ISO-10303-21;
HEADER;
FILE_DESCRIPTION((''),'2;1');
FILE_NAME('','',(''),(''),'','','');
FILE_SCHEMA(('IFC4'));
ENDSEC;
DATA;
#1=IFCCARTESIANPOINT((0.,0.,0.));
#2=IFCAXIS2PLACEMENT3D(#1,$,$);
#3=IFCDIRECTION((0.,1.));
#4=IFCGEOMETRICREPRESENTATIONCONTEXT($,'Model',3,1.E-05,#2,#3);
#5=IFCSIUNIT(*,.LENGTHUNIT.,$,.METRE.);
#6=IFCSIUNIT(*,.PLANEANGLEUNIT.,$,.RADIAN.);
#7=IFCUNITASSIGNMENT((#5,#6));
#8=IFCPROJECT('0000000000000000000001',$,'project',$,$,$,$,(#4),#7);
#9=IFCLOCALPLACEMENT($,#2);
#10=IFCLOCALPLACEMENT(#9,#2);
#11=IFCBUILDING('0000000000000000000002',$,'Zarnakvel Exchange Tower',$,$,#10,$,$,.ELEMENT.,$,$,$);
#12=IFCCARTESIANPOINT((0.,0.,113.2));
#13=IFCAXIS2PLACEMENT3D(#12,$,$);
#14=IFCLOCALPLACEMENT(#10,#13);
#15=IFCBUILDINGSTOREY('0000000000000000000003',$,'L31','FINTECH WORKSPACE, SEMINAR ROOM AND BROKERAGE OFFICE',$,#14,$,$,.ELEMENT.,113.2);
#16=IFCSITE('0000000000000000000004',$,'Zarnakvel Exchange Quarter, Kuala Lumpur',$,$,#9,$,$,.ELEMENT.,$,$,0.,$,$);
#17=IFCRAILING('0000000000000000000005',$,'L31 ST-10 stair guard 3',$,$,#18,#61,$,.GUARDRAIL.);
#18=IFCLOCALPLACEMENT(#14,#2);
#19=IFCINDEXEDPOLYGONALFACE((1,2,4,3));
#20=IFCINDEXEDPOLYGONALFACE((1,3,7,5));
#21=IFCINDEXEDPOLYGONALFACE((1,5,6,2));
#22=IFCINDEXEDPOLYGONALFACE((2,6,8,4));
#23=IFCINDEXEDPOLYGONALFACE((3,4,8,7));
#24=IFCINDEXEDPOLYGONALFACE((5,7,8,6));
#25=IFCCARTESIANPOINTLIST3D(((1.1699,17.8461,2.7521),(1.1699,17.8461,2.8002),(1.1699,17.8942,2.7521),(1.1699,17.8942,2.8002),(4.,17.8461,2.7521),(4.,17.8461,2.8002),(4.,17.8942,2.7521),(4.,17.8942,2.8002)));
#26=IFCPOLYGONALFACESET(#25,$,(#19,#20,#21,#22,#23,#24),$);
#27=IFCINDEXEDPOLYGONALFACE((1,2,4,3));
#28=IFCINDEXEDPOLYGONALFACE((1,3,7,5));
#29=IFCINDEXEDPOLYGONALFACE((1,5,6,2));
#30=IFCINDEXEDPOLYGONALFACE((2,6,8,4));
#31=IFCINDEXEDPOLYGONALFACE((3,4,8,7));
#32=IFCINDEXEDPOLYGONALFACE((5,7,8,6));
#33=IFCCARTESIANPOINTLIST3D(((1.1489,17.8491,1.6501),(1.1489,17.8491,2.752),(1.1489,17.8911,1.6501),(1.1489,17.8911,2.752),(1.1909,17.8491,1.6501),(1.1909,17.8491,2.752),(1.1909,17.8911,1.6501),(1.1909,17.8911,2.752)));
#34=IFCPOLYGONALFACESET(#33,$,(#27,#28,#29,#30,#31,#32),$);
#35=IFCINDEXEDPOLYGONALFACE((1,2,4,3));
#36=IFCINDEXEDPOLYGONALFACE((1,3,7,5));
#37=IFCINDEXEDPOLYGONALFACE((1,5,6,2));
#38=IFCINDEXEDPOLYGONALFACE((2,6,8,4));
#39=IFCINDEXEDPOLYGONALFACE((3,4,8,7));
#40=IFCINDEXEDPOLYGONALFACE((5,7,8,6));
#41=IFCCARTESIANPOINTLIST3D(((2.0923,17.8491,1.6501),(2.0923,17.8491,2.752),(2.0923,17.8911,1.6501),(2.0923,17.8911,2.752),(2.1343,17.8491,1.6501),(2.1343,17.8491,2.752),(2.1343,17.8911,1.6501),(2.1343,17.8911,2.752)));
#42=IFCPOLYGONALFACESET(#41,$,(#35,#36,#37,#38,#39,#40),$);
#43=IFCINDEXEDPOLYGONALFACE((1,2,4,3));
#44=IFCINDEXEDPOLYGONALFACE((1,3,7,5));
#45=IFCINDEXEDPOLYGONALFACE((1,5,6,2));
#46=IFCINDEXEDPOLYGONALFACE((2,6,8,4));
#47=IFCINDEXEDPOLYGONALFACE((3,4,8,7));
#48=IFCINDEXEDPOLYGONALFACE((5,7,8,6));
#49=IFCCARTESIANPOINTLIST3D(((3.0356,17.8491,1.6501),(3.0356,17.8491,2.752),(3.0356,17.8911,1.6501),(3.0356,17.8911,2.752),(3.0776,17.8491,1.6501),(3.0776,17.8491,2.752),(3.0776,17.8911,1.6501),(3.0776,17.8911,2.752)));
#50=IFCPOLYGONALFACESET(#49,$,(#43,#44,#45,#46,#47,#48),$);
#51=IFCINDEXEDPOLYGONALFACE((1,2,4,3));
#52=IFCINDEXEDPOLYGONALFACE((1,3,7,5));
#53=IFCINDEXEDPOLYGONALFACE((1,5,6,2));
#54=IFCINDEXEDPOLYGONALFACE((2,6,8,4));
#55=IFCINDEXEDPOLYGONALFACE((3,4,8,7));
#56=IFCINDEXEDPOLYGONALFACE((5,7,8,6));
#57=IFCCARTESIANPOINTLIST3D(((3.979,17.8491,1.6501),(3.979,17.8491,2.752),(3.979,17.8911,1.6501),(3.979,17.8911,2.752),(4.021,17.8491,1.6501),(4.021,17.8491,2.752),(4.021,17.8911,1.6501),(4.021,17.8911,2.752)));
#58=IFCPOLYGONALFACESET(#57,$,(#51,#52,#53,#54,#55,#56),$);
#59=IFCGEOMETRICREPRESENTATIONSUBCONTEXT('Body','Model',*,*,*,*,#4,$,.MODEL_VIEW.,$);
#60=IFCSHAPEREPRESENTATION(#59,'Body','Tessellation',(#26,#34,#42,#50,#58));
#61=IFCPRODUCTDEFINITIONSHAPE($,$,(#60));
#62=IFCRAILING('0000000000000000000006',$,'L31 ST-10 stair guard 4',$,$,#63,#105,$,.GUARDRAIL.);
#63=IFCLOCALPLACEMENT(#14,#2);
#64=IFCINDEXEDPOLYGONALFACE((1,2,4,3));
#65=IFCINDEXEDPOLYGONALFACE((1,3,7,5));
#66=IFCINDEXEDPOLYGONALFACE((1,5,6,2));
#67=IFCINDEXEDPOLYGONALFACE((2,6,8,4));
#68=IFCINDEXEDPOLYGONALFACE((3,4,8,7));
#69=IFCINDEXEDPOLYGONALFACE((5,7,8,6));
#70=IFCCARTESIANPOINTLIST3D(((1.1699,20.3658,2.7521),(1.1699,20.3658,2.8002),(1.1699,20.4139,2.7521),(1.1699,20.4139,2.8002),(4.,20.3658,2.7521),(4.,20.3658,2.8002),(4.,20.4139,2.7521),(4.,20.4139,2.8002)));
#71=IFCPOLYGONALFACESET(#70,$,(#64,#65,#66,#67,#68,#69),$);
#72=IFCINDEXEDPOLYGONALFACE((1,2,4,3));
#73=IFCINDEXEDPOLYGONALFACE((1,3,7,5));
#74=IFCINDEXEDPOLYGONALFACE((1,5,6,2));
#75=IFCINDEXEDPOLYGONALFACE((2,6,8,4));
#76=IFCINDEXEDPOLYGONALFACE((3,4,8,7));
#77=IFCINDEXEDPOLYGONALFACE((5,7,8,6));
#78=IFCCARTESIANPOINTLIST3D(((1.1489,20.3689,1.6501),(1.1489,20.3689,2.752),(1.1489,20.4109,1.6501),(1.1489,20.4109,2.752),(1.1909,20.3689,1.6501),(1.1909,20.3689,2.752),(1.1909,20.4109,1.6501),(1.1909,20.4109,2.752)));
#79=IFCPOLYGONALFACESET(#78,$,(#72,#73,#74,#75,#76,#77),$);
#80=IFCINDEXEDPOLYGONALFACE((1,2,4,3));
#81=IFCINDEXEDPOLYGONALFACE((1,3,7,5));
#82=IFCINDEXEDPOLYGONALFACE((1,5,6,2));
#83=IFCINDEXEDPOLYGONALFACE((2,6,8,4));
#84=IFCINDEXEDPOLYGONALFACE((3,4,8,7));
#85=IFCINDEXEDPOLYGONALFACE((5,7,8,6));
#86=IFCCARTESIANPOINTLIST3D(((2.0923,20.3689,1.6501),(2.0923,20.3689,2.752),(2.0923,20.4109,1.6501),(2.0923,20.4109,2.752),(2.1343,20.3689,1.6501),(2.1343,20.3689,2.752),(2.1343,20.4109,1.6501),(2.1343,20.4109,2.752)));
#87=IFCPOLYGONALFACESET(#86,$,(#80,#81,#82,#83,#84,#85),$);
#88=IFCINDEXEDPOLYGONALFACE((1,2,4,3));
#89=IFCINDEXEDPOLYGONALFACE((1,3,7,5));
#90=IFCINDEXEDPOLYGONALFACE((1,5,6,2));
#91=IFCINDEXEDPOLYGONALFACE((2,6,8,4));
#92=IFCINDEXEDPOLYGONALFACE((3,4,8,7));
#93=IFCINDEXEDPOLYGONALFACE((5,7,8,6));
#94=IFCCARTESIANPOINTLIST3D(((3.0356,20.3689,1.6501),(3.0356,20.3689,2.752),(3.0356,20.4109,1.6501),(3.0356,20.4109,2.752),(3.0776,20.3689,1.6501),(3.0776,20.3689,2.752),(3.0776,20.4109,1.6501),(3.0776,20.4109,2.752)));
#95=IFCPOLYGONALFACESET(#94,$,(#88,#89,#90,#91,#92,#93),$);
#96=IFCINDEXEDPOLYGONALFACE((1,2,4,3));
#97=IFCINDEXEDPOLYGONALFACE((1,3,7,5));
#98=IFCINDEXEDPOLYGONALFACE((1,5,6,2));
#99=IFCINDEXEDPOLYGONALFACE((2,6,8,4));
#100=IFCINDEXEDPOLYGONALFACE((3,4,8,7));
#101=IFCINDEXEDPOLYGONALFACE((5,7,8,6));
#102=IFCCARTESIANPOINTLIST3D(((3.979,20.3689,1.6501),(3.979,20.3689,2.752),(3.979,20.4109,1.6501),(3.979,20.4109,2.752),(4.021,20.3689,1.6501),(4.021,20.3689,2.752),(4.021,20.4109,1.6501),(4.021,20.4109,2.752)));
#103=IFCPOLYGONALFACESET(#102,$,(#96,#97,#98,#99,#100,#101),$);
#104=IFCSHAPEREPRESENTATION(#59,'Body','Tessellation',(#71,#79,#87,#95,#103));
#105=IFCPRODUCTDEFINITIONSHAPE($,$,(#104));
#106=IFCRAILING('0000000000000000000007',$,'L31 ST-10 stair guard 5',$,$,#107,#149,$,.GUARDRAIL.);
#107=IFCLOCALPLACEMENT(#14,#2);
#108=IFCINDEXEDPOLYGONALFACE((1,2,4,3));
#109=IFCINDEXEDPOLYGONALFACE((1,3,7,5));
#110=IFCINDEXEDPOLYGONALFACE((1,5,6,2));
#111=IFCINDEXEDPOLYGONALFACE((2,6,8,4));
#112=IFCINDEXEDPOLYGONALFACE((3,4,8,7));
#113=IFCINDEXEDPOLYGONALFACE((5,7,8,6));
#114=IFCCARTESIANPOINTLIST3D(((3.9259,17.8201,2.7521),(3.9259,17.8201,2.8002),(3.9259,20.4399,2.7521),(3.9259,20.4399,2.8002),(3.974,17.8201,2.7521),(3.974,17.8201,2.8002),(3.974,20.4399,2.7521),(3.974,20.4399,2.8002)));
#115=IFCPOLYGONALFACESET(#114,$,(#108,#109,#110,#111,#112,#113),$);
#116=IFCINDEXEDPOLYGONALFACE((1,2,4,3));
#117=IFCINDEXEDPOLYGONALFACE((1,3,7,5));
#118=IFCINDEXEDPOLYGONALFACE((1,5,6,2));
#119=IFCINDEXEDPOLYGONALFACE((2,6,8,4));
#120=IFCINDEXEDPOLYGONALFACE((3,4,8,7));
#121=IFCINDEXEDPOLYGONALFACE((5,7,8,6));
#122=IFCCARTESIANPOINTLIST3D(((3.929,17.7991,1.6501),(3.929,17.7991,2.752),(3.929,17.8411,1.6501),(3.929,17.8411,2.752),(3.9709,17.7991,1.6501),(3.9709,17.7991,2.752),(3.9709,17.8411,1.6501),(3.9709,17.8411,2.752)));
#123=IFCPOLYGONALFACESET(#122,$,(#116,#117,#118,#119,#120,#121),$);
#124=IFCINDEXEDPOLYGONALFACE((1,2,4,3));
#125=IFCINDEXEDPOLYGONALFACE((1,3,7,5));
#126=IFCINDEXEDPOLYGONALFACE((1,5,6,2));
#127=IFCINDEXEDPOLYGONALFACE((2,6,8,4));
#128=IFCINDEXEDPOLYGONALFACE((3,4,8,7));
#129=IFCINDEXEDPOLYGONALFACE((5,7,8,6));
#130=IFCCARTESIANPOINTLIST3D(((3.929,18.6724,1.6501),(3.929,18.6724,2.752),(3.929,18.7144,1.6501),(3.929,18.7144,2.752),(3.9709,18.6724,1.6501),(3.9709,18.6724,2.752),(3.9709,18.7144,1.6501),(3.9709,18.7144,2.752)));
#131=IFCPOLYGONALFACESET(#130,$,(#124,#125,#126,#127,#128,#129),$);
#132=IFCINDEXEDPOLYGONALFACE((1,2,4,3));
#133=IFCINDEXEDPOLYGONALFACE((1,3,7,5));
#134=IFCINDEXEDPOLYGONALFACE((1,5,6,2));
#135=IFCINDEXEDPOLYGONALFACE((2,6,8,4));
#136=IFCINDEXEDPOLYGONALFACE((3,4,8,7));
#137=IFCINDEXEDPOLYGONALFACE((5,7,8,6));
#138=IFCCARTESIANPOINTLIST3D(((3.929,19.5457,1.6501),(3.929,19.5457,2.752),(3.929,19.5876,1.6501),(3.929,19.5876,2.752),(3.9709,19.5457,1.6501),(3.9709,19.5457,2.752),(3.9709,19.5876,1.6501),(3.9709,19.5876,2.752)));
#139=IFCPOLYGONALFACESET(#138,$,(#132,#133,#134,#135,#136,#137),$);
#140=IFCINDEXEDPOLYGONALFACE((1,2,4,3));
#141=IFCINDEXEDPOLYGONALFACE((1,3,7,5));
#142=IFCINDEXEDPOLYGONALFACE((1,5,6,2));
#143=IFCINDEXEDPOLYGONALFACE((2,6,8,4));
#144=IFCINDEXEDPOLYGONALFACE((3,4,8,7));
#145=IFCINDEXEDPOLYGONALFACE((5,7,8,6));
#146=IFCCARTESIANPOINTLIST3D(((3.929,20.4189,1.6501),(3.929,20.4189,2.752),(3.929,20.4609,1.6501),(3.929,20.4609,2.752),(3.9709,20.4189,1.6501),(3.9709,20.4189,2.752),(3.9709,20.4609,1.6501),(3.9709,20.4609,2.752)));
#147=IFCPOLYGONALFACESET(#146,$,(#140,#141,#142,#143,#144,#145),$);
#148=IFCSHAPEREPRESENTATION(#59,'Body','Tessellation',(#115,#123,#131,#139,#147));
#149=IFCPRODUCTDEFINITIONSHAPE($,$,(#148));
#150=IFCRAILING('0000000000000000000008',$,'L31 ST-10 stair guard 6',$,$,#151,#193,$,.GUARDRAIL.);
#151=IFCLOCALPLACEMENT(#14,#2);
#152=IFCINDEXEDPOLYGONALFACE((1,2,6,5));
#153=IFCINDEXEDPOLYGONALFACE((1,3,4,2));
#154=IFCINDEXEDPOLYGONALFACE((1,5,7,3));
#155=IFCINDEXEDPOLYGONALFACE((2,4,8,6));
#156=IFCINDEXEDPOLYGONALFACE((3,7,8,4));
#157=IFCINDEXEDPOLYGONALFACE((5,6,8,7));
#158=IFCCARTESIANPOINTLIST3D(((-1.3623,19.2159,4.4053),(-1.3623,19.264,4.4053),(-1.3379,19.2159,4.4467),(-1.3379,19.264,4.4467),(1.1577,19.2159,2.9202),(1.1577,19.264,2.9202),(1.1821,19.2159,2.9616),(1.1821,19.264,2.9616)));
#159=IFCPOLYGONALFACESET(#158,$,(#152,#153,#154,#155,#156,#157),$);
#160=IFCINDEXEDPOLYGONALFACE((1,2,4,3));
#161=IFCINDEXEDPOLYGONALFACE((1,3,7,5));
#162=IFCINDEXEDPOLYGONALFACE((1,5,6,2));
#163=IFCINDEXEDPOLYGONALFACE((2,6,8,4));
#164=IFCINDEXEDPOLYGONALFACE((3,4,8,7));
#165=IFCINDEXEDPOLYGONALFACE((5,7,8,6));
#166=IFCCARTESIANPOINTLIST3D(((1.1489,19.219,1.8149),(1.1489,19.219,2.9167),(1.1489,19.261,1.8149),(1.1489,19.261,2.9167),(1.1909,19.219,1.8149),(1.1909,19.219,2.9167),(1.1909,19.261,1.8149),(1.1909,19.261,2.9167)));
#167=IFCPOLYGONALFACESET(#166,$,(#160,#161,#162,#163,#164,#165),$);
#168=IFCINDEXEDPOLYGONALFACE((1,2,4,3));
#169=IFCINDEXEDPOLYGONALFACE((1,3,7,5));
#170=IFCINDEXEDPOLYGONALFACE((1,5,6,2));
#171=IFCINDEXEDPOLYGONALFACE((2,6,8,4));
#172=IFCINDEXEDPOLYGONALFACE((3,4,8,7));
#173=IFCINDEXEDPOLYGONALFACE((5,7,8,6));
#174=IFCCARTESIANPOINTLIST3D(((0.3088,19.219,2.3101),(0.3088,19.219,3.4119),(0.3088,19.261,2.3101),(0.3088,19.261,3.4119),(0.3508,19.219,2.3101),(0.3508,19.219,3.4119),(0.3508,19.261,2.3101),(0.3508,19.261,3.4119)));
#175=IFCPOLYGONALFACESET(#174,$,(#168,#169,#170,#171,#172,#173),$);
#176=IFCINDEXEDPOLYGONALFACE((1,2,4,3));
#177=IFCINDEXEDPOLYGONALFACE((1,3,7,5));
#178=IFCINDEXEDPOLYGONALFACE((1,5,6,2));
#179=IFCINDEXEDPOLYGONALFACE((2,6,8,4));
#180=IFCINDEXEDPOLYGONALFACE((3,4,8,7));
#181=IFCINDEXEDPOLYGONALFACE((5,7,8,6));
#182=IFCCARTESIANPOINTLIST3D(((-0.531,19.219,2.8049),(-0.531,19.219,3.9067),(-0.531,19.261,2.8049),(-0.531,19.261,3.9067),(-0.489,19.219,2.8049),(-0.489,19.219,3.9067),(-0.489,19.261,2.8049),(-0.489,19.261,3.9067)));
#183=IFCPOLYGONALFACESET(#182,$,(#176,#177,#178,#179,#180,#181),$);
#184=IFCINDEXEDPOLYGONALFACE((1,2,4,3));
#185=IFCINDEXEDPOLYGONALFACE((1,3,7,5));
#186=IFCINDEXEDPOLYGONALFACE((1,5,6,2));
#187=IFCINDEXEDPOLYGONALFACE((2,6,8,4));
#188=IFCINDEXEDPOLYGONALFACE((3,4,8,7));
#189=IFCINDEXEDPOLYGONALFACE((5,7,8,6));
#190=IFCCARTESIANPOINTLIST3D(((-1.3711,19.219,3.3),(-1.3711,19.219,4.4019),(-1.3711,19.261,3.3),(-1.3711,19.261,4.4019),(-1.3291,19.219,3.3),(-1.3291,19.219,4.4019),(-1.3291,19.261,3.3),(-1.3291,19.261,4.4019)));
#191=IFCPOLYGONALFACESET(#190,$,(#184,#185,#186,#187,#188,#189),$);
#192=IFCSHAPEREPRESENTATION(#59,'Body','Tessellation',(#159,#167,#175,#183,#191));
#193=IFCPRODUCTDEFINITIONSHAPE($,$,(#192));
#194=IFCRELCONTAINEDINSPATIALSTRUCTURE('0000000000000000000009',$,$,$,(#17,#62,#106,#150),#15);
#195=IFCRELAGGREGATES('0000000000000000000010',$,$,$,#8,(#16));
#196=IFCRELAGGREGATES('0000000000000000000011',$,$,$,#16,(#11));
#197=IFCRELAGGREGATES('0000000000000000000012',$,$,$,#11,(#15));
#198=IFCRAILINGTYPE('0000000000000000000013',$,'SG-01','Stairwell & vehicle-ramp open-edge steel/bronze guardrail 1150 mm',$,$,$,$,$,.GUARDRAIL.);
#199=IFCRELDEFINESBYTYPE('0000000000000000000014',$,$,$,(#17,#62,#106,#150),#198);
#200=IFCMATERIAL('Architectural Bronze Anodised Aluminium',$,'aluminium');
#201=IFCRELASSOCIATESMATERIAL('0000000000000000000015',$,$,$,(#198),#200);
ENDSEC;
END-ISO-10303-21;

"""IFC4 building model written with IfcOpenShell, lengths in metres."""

from ifc_helpers import new_model, si_unit, direction, frame, origin, origin_2d, place, context, subcontext, project, spatial, rectangle, extrude, material, type_object, element, save


model = new_model("IFC4")

# Units and contexts
model_context = context("Model", 3, precision=1e-05, world=origin(), true_north=direction((0.0, 1.0)))
body_context = subcontext(model_context, "Body", "Model", "MODEL_VIEW")
ifc_project = project(units=[si_unit("LENGTHUNIT", "METRE"), si_unit("PLANEANGLEUNIT", "RADIAN")], contexts=[model_context])

# Site, building, storey
site_placement = place(None, origin())
site = spatial("IfcSite", under=ifc_project, at=site_placement, Name="Zarnakvel Exchange Quarter, Kuala Lumpur", CompositionType="ELEMENT", RefElevation=0.0)
building_placement = place(site_placement, origin())
building = spatial("IfcBuilding", under=site, at=building_placement, Name="Zarnakvel Exchange Tower", CompositionType="ELEMENT")
storey_placement = place(building_placement, frame((0.0, 0.0, 113.2)))
storey = spatial("IfcBuildingStorey", under=building, at=storey_placement, Name="L31", Description="FINTECH WORKSPACE, SEMINAR ROOM AND BROKERAGE OFFICE", CompositionType="ELEMENT", Elevation=113.2)

# Shared definitions
ifc_material_1 = material(Name="Architectural Bronze Anodised Aluminium", Category="aluminium")

# Railings
railing_type_1 = type_object("IfcRailingType", Name="SG-01", Description="Stairwell & vehicle-ramp open-edge steel/bronze guardrail 1150 mm", PredefinedType="GUARDRAIL", material=ifc_material_1)
for number, where, name in (
    (1, (1.1699, 17.8701, 1.6501), "L31 ST-10 stair guard 3"),
    (2, (1.1699, 20.3899, 1.6501), "L31 ST-10 stair guard 4"),
):
    element("IfcRailing", number, at=place(storey_placement, frame(where)), inside=storey, type_object=railing_type_1, Name=name, PredefinedType="GUARDRAIL", context=body_context, shape_type="SweptSolid", body=[
        extrude(rectangle(XDim=0.0481, YDim=0.0481, at=origin_2d()), frame((0.0, 0.0, 1.126), z_axis=(1.0, 0.0, 0.0), x_axis=(0.0, 1.0, 0.0)), (0.0, 0.0, 1.0), 2.8301),
        extrude(rectangle(XDim=0.042, YDim=0.042, at=origin_2d()), origin(), (0.0, 0.0, 1.0), 1.1018),
        extrude(rectangle(XDim=0.042, YDim=0.042, at=origin_2d()), frame((0.9434, 0.0, 0.0)), (0.0, 0.0, 1.0), 1.1018),
        extrude(rectangle(XDim=0.042, YDim=0.042, at=origin_2d()), frame((1.8867, 0.0, 0.0)), (0.0, 0.0, 1.0), 1.1018),
        extrude(rectangle(XDim=0.042, YDim=0.042, at=origin_2d()), frame((2.8301, 0.0, 0.0)), (0.0, 0.0, 1.0), 1.1018),
    ])
railing_1_placement = place(storey_placement, frame((3.95, 17.8201, 1.6501)))
element("IfcRailing", 3, at=railing_1_placement, inside=storey, type_object=railing_type_1, Name="L31 ST-10 stair guard 5", PredefinedType="GUARDRAIL", context=body_context, shape_type="SweptSolid", body=[
    extrude(rectangle(XDim=0.0481, YDim=0.0481, at=origin_2d()), frame((0.0, 0.0, 1.126), z_axis=(0.0, 1.0, 0.0), x_axis=(-1.0, 0.0, 0.0)), (0.0, 0.0, 1.0), 2.6199),
    extrude(rectangle(XDim=0.042, YDim=0.042, at=origin_2d()), origin(), (0.0, 0.0, 1.0), 1.1018),
    extrude(rectangle(XDim=0.042, YDim=0.042, at=origin_2d()), frame((0.0, 0.8733, 0.0)), (0.0, 0.0, 1.0), 1.1018),
    extrude(rectangle(XDim=0.042, YDim=0.042, at=origin_2d()), frame((0.0, 1.7466, 0.0)), (0.0, 0.0, 1.0), 1.1018),
    extrude(rectangle(XDim=0.042, YDim=0.042, at=origin_2d()), frame((0.0, 2.6199, 0.0)), (0.0, 0.0, 1.0), 1.1018),
])
railing_2_placement = place(storey_placement, frame((1.1699, 19.24, 1.8149)))
element("IfcRailing", 4, at=railing_2_placement, inside=storey, type_object=railing_type_1, Name="L31 ST-10 stair guard 6", PredefinedType="GUARDRAIL", context=body_context, shape_type="SweptSolid", body=[
    extrude(rectangle(XDim=0.0481, YDim=0.0481, at=origin_2d()), frame((0.0, 0.0, 1.126), z_axis=(-0.861524, 0.0, 0.507717), x_axis=(0.0, -1.0, 0.0)), (0.0, 0.0, 1.0), 2.925),
    extrude(rectangle(XDim=0.042, YDim=0.042, at=origin_2d()), origin(), (0.0, 0.0, 1.0), 1.1018),
    extrude(rectangle(XDim=0.042, YDim=0.042, at=origin_2d()), frame((-0.8401, 0.0, 0.4951)), (0.0, 0.0, 1.0), 1.1018),
    extrude(rectangle(XDim=0.042, YDim=0.042, at=origin_2d()), frame((-1.6799, 0.0, 0.99)), (0.0, 0.0, 1.0), 1.1018),
    extrude(rectangle(XDim=0.042, YDim=0.042, at=origin_2d()), frame((-2.52, 0.0, 1.4851)), (0.0, 0.0, 1.0), 1.1018),
])

save(model, "model.ifc")
